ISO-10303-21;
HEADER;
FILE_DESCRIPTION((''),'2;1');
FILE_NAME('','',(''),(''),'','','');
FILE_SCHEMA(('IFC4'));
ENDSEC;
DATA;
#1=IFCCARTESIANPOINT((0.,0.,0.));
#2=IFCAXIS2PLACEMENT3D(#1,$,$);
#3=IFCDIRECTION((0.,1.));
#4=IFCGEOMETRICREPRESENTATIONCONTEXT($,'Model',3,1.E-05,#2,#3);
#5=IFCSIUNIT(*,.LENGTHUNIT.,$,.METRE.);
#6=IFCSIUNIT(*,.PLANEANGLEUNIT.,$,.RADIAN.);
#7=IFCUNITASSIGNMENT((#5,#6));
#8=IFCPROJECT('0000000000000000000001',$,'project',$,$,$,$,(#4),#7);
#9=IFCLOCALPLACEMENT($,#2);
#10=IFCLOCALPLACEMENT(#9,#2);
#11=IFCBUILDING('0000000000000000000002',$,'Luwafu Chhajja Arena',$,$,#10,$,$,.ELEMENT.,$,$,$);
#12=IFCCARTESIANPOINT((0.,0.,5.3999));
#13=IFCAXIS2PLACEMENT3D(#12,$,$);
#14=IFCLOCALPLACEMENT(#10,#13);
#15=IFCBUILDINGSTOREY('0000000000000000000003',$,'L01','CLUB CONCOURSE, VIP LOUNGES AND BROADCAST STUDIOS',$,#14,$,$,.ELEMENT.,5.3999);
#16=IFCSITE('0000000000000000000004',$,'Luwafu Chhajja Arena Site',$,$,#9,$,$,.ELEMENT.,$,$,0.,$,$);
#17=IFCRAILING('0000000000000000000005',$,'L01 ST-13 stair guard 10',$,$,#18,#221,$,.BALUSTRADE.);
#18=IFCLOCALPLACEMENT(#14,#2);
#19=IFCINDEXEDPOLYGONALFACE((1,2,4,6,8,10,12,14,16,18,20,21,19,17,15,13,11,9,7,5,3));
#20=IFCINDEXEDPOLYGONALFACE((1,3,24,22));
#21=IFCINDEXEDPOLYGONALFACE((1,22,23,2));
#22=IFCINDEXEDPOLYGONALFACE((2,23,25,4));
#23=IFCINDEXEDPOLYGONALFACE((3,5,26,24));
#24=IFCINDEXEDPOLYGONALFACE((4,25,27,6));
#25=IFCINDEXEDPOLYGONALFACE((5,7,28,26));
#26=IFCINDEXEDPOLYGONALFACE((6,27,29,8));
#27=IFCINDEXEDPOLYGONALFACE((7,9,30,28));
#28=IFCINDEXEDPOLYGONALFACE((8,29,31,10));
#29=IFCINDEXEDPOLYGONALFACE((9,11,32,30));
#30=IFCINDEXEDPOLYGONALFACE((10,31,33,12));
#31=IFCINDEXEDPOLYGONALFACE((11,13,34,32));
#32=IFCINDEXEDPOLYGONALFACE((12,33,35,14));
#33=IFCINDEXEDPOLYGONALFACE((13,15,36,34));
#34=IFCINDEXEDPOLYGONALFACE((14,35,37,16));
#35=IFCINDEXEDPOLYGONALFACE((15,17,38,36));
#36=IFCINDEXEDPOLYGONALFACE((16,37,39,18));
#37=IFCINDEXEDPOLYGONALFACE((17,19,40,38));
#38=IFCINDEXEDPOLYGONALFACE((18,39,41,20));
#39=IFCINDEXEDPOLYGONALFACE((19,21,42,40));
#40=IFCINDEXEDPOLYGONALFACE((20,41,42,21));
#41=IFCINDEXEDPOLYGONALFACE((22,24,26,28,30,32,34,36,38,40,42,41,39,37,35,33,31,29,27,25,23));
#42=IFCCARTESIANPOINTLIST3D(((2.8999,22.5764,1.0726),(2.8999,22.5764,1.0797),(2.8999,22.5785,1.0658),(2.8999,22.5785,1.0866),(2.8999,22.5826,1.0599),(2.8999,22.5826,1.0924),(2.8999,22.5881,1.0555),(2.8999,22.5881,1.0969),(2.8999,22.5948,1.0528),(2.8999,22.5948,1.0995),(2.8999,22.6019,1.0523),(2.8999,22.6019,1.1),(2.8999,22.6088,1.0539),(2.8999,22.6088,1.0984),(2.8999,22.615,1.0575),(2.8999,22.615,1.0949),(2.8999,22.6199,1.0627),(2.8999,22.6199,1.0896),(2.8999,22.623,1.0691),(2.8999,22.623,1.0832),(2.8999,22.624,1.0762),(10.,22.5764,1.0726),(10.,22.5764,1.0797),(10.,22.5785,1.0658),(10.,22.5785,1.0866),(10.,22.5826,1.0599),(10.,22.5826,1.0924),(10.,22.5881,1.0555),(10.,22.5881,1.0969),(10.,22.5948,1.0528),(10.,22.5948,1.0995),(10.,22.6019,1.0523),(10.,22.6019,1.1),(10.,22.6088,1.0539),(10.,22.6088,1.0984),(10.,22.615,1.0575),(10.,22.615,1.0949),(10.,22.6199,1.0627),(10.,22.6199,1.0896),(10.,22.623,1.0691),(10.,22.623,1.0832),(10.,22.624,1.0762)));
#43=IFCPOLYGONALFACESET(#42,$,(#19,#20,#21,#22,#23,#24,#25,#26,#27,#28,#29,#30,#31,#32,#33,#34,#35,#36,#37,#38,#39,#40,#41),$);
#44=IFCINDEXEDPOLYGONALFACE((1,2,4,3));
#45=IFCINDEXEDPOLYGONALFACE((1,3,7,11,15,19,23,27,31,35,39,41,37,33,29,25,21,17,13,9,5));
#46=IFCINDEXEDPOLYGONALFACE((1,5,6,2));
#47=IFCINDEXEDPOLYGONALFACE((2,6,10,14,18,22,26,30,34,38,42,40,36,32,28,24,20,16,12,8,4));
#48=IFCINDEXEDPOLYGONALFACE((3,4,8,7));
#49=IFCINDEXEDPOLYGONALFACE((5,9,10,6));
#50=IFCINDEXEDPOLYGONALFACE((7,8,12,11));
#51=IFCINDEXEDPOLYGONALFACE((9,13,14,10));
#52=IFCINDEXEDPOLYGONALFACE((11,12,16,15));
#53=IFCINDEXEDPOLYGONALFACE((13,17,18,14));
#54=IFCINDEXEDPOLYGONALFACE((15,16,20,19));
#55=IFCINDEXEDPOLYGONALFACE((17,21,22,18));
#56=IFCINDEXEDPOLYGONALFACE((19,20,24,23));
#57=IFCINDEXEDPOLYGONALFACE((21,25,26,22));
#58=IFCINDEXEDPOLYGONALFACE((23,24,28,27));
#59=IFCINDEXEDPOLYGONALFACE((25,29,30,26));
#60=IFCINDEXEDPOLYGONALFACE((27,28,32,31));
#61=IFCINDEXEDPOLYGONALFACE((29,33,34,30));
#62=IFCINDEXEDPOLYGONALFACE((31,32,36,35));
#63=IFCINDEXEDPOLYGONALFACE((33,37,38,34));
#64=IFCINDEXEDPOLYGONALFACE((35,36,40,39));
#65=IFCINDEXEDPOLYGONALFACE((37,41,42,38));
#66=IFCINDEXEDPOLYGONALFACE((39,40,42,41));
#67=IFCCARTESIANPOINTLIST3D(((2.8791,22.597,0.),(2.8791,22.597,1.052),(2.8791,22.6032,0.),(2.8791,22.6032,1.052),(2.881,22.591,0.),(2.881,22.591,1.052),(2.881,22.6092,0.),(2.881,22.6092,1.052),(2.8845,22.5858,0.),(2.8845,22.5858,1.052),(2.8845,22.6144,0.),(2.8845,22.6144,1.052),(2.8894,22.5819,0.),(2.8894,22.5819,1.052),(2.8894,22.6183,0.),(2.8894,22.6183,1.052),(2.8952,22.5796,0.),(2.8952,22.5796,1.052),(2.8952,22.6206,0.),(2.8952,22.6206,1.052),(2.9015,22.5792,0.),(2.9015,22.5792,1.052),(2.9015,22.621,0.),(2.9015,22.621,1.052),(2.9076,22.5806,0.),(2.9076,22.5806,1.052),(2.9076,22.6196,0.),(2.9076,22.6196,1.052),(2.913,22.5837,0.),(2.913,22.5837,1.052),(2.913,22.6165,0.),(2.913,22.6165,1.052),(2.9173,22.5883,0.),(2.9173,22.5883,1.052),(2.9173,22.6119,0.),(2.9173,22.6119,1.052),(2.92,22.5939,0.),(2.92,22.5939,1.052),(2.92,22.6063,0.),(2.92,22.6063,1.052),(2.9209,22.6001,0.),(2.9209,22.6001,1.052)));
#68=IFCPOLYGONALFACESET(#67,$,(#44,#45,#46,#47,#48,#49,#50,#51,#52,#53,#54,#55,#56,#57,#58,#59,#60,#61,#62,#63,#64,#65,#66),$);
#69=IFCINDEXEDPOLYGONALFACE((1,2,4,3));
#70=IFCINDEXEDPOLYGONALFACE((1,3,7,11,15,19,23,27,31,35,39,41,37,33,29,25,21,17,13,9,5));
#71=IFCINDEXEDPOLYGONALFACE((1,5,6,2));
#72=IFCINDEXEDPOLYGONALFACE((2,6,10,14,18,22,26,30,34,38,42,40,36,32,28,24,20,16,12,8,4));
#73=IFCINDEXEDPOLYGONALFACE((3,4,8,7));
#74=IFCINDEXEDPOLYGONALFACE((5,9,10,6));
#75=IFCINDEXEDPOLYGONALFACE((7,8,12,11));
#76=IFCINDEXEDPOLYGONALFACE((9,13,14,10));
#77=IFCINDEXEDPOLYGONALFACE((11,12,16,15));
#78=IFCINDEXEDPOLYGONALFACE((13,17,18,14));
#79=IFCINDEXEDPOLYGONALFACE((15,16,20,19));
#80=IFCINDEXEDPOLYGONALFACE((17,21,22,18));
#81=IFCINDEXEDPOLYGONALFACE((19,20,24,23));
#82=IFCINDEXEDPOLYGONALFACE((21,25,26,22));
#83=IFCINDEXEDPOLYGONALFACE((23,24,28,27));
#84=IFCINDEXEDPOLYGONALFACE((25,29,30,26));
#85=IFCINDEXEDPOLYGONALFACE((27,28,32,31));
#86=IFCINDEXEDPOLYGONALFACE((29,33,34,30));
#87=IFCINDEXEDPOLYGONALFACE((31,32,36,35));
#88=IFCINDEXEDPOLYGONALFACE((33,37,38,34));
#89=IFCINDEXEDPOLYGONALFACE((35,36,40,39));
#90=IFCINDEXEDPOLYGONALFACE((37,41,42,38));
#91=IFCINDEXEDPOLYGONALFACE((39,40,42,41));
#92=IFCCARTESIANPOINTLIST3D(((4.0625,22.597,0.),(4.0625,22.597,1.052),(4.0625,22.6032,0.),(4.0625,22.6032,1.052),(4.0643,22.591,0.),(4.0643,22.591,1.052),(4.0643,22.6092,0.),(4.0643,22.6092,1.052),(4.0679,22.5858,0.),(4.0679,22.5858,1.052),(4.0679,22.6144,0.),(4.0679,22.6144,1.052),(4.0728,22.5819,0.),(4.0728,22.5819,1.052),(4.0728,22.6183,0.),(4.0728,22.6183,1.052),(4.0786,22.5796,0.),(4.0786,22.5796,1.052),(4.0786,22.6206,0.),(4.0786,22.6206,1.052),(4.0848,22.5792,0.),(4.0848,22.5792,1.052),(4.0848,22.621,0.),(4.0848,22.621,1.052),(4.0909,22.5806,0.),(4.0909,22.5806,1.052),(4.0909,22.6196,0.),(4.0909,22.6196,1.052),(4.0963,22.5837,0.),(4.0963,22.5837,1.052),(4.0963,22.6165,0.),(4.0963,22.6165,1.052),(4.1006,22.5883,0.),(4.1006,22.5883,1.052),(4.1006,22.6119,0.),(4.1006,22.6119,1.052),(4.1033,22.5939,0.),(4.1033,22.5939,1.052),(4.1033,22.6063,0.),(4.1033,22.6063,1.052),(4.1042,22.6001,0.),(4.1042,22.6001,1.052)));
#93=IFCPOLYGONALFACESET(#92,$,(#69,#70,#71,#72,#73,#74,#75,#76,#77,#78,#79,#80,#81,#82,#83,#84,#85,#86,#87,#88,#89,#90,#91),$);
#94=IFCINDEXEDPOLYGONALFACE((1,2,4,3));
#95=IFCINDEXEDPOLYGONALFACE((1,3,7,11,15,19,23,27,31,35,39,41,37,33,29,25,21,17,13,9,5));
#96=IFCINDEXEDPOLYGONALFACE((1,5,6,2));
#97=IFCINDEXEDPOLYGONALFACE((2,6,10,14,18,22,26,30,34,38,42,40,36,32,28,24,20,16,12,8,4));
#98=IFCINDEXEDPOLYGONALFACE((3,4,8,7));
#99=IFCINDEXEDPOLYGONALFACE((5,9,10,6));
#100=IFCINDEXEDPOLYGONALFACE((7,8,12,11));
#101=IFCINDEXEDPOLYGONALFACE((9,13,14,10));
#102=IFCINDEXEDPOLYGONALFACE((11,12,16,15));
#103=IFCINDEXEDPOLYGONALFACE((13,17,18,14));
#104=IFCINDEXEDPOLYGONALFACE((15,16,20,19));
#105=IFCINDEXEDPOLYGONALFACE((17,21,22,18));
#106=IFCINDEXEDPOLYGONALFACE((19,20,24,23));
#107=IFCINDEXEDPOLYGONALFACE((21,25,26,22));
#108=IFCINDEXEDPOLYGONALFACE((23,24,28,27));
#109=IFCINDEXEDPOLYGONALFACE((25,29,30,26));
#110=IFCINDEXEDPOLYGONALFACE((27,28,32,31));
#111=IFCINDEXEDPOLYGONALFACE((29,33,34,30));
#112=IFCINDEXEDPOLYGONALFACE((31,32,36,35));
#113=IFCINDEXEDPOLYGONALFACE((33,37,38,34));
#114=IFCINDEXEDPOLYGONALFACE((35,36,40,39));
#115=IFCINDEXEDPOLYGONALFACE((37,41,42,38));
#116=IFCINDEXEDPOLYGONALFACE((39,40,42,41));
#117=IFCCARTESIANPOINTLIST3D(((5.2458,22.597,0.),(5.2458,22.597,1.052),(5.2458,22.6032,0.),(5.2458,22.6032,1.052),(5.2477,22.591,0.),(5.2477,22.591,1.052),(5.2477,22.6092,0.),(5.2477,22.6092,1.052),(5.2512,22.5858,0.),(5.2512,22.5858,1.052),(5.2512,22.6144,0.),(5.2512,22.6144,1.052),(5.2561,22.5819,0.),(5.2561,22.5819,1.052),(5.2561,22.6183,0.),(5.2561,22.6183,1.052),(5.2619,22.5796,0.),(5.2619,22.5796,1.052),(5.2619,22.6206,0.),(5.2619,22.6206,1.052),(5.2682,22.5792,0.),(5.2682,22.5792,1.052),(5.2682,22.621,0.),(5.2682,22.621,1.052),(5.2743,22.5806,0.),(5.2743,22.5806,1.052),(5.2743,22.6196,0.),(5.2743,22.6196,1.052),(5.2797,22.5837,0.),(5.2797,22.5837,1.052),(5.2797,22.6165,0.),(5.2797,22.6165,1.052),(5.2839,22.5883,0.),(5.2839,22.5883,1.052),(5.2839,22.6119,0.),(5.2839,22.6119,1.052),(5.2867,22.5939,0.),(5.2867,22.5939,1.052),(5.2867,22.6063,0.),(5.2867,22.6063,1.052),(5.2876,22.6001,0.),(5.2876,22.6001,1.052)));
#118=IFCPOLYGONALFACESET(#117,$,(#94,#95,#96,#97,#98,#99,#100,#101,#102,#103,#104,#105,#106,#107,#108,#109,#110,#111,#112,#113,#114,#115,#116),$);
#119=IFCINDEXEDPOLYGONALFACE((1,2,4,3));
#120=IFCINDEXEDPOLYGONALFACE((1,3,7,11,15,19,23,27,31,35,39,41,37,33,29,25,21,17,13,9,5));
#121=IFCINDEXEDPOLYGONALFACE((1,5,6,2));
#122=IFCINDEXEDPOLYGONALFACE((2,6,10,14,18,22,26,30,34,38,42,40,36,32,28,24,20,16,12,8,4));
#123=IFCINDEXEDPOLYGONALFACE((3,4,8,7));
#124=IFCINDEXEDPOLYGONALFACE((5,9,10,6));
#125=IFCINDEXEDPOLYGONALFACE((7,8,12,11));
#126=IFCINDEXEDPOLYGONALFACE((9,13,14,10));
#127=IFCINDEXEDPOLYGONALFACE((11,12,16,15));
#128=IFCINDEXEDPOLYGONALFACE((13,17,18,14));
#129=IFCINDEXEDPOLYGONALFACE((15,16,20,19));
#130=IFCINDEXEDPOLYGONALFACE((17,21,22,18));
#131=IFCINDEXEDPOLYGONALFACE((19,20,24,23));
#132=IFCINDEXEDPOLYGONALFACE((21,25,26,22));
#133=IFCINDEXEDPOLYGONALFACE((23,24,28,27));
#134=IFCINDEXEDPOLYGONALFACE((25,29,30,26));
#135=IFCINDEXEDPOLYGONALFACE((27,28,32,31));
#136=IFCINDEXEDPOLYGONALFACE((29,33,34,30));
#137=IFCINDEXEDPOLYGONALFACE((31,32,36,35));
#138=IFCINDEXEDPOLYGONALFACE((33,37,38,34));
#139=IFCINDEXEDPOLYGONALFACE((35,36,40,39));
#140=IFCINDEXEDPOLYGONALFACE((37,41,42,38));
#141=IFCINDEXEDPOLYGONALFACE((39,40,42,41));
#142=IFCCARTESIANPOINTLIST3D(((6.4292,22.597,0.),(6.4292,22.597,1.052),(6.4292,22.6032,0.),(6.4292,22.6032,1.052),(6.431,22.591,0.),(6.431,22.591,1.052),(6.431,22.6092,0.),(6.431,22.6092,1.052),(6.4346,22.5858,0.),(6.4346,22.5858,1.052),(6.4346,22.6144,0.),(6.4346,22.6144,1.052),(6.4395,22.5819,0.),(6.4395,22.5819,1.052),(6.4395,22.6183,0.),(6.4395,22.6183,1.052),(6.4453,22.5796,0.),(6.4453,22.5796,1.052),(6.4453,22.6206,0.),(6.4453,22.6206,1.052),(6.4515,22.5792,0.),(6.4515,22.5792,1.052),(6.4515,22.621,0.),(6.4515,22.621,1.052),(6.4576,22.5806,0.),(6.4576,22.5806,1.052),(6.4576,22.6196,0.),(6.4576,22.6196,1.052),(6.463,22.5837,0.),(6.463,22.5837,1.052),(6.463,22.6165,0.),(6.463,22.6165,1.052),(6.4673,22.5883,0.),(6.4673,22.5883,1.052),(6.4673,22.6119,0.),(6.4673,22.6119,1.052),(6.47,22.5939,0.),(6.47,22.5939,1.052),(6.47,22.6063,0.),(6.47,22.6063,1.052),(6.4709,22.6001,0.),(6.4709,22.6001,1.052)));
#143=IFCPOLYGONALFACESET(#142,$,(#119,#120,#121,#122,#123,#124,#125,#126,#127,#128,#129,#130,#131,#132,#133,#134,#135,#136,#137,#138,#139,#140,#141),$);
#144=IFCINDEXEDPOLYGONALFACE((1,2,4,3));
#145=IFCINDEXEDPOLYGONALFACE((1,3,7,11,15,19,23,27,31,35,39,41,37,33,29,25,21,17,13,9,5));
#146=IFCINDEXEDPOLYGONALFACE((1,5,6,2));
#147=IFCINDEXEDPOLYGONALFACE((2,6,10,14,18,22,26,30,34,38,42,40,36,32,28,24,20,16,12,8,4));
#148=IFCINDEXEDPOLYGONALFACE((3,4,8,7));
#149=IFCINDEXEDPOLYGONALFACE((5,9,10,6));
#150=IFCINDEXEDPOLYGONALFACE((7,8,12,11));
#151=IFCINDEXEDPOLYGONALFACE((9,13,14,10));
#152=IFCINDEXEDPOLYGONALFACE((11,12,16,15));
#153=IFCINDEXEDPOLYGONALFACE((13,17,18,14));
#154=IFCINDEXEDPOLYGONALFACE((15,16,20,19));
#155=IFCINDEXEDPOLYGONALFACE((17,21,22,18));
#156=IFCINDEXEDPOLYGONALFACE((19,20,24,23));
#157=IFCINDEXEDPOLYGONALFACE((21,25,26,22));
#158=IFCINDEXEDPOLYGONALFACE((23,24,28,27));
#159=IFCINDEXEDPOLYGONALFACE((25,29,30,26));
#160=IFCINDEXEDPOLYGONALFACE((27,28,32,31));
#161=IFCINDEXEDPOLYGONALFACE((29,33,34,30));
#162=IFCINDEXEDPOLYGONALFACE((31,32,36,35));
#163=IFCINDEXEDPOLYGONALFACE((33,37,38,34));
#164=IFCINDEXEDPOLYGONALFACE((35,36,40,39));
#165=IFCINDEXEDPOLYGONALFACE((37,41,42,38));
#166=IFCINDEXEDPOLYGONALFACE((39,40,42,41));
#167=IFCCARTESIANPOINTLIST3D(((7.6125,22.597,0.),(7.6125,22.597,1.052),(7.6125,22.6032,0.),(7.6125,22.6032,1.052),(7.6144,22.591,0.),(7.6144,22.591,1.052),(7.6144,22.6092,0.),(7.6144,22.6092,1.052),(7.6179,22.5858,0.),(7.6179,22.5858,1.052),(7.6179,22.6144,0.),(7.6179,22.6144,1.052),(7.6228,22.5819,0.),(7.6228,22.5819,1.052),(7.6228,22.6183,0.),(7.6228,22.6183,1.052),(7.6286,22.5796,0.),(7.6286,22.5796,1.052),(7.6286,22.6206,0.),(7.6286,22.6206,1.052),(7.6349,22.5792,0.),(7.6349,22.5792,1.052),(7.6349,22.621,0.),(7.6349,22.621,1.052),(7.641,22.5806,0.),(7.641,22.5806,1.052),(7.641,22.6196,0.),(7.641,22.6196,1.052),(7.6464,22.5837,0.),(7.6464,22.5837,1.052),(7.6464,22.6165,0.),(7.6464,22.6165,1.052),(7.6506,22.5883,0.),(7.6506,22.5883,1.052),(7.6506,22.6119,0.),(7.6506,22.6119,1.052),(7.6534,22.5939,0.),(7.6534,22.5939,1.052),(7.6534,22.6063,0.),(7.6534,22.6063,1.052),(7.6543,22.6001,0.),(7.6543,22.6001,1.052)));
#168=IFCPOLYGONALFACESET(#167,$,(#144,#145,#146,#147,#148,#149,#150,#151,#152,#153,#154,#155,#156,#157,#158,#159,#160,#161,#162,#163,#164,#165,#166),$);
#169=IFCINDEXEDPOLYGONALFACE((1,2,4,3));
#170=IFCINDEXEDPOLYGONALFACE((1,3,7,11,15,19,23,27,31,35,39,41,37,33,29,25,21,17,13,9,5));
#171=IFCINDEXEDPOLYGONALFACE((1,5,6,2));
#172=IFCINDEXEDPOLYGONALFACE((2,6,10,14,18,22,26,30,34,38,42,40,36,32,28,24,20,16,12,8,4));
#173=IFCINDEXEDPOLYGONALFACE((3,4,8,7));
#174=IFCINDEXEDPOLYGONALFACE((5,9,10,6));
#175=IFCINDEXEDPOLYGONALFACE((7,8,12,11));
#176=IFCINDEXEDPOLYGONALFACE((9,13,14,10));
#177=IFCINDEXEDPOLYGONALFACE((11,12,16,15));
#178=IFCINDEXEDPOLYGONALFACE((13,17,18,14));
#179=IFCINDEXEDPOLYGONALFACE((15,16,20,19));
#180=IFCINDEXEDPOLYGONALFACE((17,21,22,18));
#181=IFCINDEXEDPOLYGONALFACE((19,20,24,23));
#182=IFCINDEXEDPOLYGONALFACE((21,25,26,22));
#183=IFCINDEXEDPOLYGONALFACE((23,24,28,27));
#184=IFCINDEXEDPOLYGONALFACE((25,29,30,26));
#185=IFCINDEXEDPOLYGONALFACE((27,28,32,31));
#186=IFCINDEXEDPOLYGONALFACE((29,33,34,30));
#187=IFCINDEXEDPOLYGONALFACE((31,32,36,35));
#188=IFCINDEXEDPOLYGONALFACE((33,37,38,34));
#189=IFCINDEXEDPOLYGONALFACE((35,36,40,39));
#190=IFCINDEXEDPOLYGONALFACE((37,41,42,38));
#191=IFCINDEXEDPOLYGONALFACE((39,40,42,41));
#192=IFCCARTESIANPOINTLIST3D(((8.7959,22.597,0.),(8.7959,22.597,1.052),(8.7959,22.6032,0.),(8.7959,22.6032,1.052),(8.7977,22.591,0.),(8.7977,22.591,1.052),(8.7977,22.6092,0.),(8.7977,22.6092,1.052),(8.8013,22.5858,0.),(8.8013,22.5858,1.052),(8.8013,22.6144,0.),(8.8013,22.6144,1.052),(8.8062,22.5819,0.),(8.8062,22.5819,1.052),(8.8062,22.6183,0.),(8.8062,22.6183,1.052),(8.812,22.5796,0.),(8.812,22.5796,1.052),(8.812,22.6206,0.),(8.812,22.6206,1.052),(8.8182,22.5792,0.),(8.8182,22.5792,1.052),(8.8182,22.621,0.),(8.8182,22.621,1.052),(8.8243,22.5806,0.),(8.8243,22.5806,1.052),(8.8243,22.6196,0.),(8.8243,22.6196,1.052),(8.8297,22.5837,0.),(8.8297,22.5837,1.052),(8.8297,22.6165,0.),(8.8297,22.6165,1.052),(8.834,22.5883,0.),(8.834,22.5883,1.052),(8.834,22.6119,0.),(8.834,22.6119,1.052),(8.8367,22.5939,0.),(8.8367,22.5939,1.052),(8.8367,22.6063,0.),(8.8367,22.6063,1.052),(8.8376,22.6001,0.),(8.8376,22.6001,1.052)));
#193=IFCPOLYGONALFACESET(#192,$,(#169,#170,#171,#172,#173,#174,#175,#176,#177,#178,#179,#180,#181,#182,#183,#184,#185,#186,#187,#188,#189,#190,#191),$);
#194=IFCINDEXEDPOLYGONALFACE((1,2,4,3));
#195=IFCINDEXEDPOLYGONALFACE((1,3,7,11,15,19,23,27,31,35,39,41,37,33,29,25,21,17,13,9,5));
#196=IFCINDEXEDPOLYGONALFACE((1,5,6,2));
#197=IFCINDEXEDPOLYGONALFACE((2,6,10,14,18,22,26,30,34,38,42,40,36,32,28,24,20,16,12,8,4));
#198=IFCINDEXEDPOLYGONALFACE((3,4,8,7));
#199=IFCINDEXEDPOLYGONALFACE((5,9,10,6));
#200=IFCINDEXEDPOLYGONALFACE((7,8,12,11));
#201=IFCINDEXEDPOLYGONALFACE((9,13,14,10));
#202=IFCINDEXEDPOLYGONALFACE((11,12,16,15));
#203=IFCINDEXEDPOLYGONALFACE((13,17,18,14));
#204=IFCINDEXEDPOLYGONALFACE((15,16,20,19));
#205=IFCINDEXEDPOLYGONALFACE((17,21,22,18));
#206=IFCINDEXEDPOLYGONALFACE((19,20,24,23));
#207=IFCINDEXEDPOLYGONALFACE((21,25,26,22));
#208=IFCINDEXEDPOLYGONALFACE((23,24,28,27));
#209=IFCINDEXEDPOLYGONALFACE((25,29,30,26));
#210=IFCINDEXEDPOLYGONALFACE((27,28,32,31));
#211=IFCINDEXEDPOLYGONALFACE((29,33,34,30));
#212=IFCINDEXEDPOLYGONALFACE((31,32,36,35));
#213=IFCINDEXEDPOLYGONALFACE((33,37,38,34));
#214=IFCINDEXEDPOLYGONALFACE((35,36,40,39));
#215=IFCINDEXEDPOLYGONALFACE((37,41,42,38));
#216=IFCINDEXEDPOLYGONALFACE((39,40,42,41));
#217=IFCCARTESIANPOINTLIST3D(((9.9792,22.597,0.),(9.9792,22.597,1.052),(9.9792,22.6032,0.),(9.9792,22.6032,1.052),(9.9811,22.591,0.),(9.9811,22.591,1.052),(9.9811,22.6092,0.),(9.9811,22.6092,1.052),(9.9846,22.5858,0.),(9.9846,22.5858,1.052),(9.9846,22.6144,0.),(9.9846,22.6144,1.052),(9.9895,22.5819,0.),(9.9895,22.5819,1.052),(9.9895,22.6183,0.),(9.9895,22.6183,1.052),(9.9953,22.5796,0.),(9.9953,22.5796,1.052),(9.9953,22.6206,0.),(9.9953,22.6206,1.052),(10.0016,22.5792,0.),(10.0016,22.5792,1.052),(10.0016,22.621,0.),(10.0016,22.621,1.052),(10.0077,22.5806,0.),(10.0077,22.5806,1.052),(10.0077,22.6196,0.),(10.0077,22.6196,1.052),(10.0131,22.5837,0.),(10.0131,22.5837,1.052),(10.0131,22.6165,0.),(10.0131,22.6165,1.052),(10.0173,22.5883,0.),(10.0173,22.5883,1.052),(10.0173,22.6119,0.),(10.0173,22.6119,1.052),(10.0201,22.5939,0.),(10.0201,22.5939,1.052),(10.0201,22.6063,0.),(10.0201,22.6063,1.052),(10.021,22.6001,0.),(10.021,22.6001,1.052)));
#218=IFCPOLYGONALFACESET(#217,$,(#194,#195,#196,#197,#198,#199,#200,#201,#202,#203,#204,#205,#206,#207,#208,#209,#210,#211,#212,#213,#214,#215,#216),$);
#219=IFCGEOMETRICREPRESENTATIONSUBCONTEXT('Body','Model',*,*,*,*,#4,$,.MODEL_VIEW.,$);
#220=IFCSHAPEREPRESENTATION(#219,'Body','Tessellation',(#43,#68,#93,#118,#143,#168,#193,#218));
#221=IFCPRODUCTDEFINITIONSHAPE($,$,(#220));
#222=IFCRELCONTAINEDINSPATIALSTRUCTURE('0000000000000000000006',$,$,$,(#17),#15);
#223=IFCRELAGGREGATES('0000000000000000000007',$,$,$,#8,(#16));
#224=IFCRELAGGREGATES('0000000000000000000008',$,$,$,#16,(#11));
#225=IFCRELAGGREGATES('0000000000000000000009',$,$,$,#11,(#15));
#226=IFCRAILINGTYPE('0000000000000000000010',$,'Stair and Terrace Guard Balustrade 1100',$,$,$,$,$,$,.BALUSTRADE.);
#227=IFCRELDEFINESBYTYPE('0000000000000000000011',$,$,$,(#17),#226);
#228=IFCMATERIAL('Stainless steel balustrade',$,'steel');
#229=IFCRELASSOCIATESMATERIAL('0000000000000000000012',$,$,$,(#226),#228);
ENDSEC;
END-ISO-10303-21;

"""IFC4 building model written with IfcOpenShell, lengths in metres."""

from ifc_helpers import new_model, si_unit, direction, frame, origin, origin_2d, place, context, subcontext, project, spatial, circle, extrude, material, type_object, element, save


model = new_model("IFC4")

# Units and contexts
model_context = context("Model", 3, precision=1e-05, world=origin(), true_north=direction((0.0, 1.0)))
body_context = subcontext(model_context, "Body", "Model", "MODEL_VIEW")
ifc_project = project(units=[si_unit("LENGTHUNIT", "METRE"), si_unit("PLANEANGLEUNIT", "RADIAN")], contexts=[model_context])

# Site, building, storey
site_placement = place(None, origin())
site = spatial("IfcSite", under=ifc_project, at=site_placement, Name="Luwafu Chhajja Arena Site", CompositionType="ELEMENT", RefElevation=0.0)
building_placement = place(site_placement, origin())
building = spatial("IfcBuilding", under=site, at=building_placement, Name="Luwafu Chhajja Arena", CompositionType="ELEMENT")
storey_placement = place(building_placement, frame((0.0, 0.0, 5.3999)))
storey = spatial("IfcBuildingStorey", under=building, at=storey_placement, Name="L01", Description="CLUB CONCOURSE, VIP LOUNGES AND BROADCAST STUDIOS", CompositionType="ELEMENT", Elevation=5.3999)

# Shared definitions
ifc_material_1 = material(Name="Stainless steel balustrade", Category="steel")

# Railing
railing_type_1 = type_object("IfcRailingType", Name="Stair and Terrace Guard Balustrade 1100", PredefinedType="BALUSTRADE", material=ifc_material_1)
railing_1_placement = place(storey_placement, frame((2.8999, 22.6001, 0.0)))
element("IfcRailing", 1, at=railing_1_placement, inside=storey, type_object=railing_type_1, Name="L01 ST-13 stair guard 10", PredefinedType="BALUSTRADE", context=body_context, shape_type="SweptSolid", body=[
    extrude(circle(Radius=0.0239, at=origin_2d()), frame((0.0, 0.0, 1.0762), z_axis=(1.0, 0.0, 0.0), x_axis=(0.0, 1.0, 0.0)), (0.0, 0.0, 1.0), 7.1001),
    extrude(circle(Radius=0.021, at=origin_2d()), origin(), (0.0, 0.0, 1.0), 1.052),
    extrude(circle(Radius=0.021, at=origin_2d()), frame((1.1833, 0.0, 0.0)), (0.0, 0.0, 1.0), 1.052),
    extrude(circle(Radius=0.021, at=origin_2d()), frame((2.3667, 0.0, 0.0)), (0.0, 0.0, 1.0), 1.052),
    extrude(circle(Radius=0.021, at=origin_2d()), frame((3.55, 0.0, 0.0)), (0.0, 0.0, 1.0), 1.052),
    extrude(circle(Radius=0.021, at=origin_2d()), frame((4.7334, 0.0, 0.0)), (0.0, 0.0, 1.0), 1.052),
    extrude(circle(Radius=0.021, at=origin_2d()), frame((5.9167, 0.0, 0.0)), (0.0, 0.0, 1.0), 1.052),
    extrude(circle(Radius=0.021, at=origin_2d()), frame((7.1001, 0.0, 0.0)), (0.0, 0.0, 1.0), 1.052),
])

save(model, "model.ifc")
